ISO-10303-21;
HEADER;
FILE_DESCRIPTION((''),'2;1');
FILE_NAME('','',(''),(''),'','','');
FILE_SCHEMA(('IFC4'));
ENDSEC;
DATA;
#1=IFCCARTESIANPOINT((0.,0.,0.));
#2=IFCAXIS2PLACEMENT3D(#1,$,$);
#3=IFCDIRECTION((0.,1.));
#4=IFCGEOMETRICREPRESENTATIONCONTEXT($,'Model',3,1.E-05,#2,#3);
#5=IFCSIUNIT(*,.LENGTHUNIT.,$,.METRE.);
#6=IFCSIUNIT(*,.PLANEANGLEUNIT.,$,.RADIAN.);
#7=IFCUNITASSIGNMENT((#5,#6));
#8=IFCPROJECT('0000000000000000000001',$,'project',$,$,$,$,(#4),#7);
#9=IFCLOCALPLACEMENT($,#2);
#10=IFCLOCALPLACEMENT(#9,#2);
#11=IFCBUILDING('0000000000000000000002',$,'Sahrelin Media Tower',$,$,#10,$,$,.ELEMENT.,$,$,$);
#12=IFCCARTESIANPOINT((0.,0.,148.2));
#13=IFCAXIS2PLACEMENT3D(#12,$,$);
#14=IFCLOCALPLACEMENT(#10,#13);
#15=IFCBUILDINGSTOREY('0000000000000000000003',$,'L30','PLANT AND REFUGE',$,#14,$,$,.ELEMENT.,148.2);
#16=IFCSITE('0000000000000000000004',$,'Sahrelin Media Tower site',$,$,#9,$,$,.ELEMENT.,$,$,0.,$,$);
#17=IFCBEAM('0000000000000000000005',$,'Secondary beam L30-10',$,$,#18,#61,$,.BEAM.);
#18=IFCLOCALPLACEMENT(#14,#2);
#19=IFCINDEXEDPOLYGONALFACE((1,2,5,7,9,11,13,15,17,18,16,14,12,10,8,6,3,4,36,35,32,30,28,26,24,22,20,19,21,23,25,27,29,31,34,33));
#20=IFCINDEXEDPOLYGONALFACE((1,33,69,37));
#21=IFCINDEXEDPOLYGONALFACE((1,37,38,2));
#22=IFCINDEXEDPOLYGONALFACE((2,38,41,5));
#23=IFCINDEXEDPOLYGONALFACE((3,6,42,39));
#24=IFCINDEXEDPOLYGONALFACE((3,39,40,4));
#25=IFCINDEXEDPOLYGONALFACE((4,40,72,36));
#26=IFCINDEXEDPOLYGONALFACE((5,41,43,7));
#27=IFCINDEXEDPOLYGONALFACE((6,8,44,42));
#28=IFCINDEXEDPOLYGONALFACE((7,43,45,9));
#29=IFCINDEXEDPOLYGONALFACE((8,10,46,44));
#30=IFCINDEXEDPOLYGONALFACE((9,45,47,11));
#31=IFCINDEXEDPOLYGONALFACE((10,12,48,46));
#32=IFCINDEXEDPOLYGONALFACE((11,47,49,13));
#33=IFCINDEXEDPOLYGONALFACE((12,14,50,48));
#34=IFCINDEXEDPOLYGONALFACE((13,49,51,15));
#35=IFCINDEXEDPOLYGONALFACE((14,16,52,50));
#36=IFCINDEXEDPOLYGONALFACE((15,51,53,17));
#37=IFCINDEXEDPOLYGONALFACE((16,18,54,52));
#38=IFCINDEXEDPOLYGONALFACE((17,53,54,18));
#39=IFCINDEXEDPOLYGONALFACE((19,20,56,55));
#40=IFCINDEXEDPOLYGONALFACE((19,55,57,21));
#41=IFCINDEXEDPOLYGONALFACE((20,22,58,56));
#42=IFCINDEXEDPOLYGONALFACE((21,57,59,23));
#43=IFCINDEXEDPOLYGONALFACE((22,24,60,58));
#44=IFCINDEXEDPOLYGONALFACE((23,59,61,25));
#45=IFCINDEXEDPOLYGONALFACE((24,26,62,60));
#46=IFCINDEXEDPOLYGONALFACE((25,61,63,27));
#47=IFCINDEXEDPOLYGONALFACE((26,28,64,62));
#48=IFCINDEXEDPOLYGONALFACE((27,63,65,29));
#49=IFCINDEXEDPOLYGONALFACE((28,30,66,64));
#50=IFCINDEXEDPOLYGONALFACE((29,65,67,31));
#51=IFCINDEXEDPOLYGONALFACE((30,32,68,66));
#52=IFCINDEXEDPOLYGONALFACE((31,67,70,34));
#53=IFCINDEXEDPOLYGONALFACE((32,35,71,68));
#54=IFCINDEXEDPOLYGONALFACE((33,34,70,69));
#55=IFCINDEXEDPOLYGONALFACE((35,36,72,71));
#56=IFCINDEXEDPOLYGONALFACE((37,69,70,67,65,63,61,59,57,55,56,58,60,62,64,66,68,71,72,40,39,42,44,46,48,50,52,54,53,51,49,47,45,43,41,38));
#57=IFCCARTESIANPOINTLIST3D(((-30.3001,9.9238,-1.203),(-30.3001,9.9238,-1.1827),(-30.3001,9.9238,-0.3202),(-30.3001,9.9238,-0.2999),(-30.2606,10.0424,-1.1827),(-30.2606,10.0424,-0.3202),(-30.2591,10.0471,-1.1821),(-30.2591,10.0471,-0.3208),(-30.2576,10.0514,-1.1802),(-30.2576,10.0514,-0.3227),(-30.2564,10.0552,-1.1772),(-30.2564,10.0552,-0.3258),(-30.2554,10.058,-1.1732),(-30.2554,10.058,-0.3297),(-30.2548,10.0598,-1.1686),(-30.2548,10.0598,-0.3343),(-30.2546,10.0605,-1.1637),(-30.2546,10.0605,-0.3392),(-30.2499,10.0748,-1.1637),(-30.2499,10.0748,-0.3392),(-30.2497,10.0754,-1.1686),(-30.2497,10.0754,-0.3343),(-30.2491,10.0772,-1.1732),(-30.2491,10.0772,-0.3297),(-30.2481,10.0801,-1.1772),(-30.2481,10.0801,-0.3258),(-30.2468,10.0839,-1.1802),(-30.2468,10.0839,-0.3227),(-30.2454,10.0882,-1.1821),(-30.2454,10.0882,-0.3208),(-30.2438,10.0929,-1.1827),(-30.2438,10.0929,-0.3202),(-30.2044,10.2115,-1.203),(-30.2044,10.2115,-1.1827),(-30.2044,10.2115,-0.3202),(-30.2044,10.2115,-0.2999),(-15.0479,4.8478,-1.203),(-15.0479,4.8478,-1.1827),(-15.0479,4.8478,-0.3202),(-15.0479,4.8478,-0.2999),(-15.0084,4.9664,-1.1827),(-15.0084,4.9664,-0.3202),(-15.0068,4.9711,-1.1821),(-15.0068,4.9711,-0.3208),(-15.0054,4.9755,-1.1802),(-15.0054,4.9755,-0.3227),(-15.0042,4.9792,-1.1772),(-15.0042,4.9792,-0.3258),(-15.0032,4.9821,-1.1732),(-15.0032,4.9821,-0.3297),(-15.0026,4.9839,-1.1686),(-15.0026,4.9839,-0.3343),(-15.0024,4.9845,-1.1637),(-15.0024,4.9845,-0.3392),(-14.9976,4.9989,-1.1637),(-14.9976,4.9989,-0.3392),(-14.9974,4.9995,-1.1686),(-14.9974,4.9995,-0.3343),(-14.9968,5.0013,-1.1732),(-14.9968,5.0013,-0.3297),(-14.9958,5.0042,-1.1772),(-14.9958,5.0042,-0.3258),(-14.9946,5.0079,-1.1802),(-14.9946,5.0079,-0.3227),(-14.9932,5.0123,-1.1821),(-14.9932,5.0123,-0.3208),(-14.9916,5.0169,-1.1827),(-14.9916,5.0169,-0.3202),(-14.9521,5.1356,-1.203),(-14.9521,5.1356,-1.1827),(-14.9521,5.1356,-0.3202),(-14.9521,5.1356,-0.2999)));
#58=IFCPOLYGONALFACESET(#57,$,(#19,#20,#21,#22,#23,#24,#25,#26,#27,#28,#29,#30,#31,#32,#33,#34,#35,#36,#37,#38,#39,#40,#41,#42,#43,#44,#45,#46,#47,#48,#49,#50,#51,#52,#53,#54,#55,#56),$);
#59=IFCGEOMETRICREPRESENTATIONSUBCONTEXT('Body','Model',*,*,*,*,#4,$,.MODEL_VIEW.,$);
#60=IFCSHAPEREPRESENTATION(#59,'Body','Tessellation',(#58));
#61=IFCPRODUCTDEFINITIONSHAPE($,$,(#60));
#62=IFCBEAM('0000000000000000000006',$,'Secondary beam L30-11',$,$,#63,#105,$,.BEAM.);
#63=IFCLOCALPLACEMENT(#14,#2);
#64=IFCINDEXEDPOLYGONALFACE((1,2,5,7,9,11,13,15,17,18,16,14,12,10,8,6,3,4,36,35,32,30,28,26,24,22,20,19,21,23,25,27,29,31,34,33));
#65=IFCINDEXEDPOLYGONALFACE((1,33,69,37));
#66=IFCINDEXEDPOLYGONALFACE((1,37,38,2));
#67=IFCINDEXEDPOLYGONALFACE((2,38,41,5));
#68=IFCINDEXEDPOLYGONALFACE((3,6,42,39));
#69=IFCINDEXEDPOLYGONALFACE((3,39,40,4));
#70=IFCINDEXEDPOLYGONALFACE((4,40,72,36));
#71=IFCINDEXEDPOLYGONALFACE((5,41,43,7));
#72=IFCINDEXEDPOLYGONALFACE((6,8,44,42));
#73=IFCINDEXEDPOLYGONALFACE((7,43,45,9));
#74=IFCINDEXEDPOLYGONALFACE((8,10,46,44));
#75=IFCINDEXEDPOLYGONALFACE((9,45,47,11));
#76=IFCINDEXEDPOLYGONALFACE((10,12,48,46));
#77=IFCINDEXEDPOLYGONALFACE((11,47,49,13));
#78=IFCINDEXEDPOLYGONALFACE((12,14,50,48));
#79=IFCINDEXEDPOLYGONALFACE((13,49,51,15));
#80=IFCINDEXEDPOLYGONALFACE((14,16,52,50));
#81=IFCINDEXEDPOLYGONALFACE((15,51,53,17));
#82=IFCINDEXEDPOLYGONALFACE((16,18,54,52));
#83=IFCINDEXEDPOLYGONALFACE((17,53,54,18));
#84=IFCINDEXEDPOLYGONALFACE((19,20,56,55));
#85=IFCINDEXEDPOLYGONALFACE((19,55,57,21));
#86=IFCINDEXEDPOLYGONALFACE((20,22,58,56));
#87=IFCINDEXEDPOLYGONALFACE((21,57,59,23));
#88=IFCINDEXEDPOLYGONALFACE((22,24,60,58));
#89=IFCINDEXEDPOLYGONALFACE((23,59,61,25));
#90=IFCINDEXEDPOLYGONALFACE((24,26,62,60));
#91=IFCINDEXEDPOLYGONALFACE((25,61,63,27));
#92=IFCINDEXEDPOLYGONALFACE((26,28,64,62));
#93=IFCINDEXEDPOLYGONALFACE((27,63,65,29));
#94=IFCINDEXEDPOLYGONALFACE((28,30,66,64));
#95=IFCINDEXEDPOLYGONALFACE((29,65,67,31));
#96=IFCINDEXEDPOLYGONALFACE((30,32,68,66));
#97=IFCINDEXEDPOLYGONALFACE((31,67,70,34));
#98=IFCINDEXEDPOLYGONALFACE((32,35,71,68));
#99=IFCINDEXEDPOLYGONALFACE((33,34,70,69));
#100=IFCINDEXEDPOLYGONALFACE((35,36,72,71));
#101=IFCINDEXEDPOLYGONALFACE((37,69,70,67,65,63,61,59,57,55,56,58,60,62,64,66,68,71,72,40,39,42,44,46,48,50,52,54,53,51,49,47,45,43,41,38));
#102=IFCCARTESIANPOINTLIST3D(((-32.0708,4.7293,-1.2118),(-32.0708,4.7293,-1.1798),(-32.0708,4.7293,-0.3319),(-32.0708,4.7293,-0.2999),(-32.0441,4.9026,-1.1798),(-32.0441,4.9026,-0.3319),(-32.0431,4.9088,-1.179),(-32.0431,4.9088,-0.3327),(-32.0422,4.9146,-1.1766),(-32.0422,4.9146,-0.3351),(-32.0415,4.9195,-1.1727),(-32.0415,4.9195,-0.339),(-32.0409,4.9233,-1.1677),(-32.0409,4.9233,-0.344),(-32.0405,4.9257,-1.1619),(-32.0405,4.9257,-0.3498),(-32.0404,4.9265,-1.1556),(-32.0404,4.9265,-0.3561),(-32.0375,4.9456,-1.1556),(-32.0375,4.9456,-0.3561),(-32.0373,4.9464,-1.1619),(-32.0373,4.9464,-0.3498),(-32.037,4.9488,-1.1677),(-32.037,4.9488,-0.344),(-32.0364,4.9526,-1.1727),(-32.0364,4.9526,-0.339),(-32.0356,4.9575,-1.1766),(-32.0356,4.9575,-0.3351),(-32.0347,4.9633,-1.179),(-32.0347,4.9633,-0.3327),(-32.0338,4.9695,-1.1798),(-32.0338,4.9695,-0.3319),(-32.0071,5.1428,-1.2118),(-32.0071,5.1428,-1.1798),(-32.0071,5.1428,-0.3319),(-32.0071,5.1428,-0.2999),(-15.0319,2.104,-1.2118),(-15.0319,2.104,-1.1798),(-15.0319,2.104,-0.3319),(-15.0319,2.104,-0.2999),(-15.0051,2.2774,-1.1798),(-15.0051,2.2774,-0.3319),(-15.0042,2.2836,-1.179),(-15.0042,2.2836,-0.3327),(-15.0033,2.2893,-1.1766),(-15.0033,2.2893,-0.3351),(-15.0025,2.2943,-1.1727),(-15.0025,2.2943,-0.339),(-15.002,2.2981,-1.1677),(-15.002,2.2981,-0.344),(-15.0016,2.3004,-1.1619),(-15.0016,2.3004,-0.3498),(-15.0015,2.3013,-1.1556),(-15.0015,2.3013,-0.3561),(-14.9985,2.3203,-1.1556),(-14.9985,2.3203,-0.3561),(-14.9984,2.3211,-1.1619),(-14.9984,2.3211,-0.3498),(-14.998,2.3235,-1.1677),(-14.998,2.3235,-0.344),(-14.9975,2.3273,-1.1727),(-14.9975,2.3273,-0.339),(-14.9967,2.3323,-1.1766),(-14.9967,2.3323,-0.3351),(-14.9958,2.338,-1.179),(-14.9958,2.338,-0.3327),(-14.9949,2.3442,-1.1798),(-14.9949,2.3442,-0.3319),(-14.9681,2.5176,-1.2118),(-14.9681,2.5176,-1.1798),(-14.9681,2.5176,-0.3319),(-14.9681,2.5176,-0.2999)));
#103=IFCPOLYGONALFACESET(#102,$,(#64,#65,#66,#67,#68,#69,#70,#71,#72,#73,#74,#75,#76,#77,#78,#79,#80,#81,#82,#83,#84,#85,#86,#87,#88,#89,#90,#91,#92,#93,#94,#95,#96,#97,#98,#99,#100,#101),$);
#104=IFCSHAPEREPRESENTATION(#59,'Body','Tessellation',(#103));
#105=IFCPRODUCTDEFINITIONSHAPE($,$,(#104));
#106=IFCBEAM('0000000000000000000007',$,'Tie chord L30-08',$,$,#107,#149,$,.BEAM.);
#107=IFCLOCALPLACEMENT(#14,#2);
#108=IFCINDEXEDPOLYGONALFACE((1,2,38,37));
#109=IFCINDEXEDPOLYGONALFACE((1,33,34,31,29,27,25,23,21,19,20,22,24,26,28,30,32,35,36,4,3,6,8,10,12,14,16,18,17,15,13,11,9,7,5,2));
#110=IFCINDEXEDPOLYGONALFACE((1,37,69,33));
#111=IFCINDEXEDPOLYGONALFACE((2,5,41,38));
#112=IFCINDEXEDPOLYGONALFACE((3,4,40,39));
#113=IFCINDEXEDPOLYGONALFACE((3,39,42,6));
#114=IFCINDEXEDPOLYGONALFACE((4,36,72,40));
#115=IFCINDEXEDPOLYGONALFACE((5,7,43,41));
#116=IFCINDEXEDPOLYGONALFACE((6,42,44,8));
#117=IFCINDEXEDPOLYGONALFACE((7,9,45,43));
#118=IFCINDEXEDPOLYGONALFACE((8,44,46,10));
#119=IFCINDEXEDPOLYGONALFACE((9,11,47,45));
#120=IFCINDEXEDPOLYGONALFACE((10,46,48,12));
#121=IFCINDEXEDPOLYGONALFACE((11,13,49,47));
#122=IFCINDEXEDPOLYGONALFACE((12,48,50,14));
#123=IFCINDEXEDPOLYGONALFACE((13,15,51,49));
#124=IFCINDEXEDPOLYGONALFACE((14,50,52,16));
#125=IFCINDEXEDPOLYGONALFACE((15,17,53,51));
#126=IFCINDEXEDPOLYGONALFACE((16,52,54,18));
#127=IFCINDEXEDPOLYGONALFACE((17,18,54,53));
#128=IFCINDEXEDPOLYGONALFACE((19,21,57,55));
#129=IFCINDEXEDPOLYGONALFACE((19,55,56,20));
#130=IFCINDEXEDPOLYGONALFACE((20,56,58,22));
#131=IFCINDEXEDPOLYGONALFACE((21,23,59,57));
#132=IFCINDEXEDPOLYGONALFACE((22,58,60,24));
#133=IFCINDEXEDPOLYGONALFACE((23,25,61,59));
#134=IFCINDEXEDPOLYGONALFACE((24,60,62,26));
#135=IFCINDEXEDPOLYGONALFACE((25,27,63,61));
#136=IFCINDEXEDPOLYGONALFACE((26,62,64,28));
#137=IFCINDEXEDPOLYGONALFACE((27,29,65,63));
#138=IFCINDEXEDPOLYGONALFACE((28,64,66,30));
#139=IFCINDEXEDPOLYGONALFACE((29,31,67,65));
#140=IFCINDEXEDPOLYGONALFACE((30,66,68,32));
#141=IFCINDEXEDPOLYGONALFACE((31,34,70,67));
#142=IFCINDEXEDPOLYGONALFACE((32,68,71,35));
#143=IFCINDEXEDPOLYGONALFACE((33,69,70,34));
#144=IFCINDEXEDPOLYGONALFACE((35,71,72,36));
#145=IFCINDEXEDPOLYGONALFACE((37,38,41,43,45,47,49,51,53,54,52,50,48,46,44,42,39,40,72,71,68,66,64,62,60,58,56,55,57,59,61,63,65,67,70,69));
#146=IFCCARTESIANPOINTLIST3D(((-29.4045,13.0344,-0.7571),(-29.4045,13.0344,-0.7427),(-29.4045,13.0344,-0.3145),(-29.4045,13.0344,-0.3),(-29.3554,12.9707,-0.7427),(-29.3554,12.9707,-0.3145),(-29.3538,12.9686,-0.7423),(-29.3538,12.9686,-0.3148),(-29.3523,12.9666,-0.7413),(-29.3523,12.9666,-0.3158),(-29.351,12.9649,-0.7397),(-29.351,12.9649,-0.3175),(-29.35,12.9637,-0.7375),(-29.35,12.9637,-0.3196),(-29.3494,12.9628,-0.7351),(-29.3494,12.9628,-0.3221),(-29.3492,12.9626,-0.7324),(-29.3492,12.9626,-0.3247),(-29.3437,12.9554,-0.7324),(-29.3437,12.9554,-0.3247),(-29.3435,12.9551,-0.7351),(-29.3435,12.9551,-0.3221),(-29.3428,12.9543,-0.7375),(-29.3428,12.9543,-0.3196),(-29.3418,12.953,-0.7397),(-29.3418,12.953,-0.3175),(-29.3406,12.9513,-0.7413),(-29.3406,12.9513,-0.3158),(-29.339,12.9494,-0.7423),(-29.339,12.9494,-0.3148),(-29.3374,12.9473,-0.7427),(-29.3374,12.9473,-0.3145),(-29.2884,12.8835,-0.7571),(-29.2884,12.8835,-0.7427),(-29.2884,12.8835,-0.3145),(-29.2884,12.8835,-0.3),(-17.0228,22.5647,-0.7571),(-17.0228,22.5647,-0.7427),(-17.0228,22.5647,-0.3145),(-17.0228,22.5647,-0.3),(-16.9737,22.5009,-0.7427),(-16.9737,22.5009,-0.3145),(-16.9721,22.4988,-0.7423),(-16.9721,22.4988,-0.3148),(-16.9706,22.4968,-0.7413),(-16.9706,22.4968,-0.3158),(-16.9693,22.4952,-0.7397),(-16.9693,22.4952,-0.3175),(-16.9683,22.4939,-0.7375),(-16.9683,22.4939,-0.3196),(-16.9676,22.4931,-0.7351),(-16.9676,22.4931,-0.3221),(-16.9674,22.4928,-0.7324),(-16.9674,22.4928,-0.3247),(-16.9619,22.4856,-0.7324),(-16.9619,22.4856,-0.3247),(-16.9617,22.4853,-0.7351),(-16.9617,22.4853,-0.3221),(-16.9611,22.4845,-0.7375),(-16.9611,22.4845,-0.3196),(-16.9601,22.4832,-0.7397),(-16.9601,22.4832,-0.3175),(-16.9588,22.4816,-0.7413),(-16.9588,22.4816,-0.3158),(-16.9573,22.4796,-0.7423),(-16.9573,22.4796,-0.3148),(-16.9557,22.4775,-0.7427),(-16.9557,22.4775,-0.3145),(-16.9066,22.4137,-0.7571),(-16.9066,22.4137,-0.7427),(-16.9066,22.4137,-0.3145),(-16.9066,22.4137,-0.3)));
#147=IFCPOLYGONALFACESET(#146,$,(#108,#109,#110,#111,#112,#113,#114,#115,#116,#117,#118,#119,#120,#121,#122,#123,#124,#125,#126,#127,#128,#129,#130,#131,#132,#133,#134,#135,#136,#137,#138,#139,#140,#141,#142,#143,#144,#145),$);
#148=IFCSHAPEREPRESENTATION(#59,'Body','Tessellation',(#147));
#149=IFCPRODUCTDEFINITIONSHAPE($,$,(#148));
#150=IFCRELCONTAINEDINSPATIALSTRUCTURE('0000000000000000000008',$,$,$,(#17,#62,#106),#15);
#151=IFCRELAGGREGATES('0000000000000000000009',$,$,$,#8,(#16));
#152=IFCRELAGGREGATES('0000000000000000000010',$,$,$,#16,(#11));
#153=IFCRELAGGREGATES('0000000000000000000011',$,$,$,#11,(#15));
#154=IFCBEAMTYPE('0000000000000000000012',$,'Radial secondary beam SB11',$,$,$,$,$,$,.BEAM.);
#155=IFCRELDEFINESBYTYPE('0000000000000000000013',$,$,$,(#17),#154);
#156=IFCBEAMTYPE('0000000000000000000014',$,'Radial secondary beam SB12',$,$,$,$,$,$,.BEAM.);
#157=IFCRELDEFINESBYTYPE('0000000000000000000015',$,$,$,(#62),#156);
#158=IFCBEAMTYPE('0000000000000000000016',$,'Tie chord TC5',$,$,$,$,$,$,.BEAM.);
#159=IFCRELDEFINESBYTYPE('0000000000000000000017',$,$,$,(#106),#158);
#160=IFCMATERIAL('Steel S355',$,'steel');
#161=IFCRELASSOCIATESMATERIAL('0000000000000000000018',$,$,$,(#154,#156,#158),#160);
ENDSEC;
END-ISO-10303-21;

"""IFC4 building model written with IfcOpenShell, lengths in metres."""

from ifc_helpers import new_model, si_unit, direction, frame, origin, origin_2d, place, context, subcontext, project, spatial, i_section, extrude, material, material_profile, profile_set, type_object, element, save


model = new_model("IFC4")

# Units and contexts
model_context = context("Model", 3, precision=1e-05, world=origin(), true_north=direction((0.0, 1.0)))
body_context = subcontext(model_context, "Body", "Model", "MODEL_VIEW")
ifc_project = project(units=[si_unit("LENGTHUNIT", "METRE"), si_unit("PLANEANGLEUNIT", "RADIAN")], contexts=[model_context])

# Site, building, storey
site_placement = place(None, origin())
site = spatial("IfcSite", under=ifc_project, at=site_placement, Name="Sahrelin Media Tower site", CompositionType="ELEMENT", RefElevation=0.0)
building_placement = place(site_placement, origin())
building = spatial("IfcBuilding", under=site, at=building_placement, Name="Sahrelin Media Tower", CompositionType="ELEMENT")
storey_placement = place(building_placement, frame((0.0, 0.0, 148.2)))
storey = spatial("IfcBuildingStorey", under=building, at=storey_placement, Name="L30", Description="PLANT AND REFUGE", CompositionType="ELEMENT", Elevation=148.2)

# Beams
ifc_material_1 = material(Name="Steel S355", Category="steel")
ifc_material_profile_1 = material_profile(ifc_material_1, i_section(OverallWidth=0.3032, OverallDepth=0.9031, WebThickness=0.0151, FlangeThickness=0.0203, FilletRadius=0.019, at=origin_2d()), Name="UB 914x305x201")
ifc_profile_set_1 = profile_set([ifc_material_profile_1], Name="Steel S355")
beam_type_1 = type_object("IfcBeamType", Name="Radial secondary beam SB11", PredefinedType="BEAM", material=ifc_profile_set_1)
beam_1_placement = place(storey_placement, frame((-15.0, 4.9917, -0.7515), z_axis=(-0.948835, 0.315772, 0.0), x_axis=(-0.315772, -0.948835, 0.0)))
element("IfcBeam", 1, at=beam_1_placement, inside=storey, type_object=beam_type_1, Name="Secondary beam L30-10", PredefinedType="BEAM", context=body_context, shape_type="SweptSolid", body=[
    extrude(i_section(OverallWidth=0.3032, OverallDepth=0.9031, WebThickness=0.0151, FlangeThickness=0.0203, FilletRadius=0.019, at=origin_2d()), origin(), (0.0, 0.0, 1.0), 16.0747),
])
ifc_material_profile_2 = material_profile(ifc_material_1, i_section(OverallWidth=0.4185, OverallDepth=0.9119, WebThickness=0.0193, FlangeThickness=0.032, FilletRadius=0.0242, at=origin_2d()), Name="UB 914x419x343")
ifc_profile_set_2 = profile_set([ifc_material_profile_2], Name="Steel S355")
beam_type_2 = type_object("IfcBeamType", Name="Radial secondary beam SB12", PredefinedType="BEAM", material=ifc_profile_set_2)
beam_2_placement = place(storey_placement, frame((-15.0, 2.3108, -0.7559), z_axis=(-0.988338, 0.152277, 0.0), x_axis=(-0.152277, -0.988338, 0.0)))
element("IfcBeam", 2, at=beam_2_placement, inside=storey, type_object=beam_type_2, Name="Secondary beam L30-11", PredefinedType="BEAM", context=body_context, shape_type="SweptSolid", body=[
    extrude(i_section(OverallWidth=0.4185, OverallDepth=0.9119, WebThickness=0.0193, FlangeThickness=0.032, FilletRadius=0.0242, at=origin_2d()), origin(), (0.0, 0.0, 1.0), 17.24),
])
ifc_material_profile_3 = material_profile(ifc_material_1, i_section(OverallWidth=0.1904, OverallDepth=0.457, WebThickness=0.009, FlangeThickness=0.0144, FilletRadius=0.0103, at=origin_2d()), Name="UB 457x191x74")
ifc_profile_set_3 = profile_set([ifc_material_profile_3], Name="Steel S355")
beam_type_3 = type_object("IfcBeamType", Name="Tie chord TC5", PredefinedType="BEAM", material=ifc_profile_set_3)
beam_3_placement = place(storey_placement, frame((-29.3464, 12.959, -0.5286), z_axis=(0.792445, 0.609943, 0.0), x_axis=(-0.609943, 0.792445, 0.0)))
element("IfcBeam", 3, at=beam_3_placement, inside=storey, type_object=beam_type_3, Name="Tie chord L30-08", PredefinedType="BEAM", context=body_context, shape_type="SweptSolid", body=[
    extrude(i_section(OverallWidth=0.1904, OverallDepth=0.457, WebThickness=0.009, FlangeThickness=0.0144, FilletRadius=0.0103, at=origin_2d()), origin(), (0.0, 0.0, 1.0), 15.6248),
])

save(model, "model.ifc")
